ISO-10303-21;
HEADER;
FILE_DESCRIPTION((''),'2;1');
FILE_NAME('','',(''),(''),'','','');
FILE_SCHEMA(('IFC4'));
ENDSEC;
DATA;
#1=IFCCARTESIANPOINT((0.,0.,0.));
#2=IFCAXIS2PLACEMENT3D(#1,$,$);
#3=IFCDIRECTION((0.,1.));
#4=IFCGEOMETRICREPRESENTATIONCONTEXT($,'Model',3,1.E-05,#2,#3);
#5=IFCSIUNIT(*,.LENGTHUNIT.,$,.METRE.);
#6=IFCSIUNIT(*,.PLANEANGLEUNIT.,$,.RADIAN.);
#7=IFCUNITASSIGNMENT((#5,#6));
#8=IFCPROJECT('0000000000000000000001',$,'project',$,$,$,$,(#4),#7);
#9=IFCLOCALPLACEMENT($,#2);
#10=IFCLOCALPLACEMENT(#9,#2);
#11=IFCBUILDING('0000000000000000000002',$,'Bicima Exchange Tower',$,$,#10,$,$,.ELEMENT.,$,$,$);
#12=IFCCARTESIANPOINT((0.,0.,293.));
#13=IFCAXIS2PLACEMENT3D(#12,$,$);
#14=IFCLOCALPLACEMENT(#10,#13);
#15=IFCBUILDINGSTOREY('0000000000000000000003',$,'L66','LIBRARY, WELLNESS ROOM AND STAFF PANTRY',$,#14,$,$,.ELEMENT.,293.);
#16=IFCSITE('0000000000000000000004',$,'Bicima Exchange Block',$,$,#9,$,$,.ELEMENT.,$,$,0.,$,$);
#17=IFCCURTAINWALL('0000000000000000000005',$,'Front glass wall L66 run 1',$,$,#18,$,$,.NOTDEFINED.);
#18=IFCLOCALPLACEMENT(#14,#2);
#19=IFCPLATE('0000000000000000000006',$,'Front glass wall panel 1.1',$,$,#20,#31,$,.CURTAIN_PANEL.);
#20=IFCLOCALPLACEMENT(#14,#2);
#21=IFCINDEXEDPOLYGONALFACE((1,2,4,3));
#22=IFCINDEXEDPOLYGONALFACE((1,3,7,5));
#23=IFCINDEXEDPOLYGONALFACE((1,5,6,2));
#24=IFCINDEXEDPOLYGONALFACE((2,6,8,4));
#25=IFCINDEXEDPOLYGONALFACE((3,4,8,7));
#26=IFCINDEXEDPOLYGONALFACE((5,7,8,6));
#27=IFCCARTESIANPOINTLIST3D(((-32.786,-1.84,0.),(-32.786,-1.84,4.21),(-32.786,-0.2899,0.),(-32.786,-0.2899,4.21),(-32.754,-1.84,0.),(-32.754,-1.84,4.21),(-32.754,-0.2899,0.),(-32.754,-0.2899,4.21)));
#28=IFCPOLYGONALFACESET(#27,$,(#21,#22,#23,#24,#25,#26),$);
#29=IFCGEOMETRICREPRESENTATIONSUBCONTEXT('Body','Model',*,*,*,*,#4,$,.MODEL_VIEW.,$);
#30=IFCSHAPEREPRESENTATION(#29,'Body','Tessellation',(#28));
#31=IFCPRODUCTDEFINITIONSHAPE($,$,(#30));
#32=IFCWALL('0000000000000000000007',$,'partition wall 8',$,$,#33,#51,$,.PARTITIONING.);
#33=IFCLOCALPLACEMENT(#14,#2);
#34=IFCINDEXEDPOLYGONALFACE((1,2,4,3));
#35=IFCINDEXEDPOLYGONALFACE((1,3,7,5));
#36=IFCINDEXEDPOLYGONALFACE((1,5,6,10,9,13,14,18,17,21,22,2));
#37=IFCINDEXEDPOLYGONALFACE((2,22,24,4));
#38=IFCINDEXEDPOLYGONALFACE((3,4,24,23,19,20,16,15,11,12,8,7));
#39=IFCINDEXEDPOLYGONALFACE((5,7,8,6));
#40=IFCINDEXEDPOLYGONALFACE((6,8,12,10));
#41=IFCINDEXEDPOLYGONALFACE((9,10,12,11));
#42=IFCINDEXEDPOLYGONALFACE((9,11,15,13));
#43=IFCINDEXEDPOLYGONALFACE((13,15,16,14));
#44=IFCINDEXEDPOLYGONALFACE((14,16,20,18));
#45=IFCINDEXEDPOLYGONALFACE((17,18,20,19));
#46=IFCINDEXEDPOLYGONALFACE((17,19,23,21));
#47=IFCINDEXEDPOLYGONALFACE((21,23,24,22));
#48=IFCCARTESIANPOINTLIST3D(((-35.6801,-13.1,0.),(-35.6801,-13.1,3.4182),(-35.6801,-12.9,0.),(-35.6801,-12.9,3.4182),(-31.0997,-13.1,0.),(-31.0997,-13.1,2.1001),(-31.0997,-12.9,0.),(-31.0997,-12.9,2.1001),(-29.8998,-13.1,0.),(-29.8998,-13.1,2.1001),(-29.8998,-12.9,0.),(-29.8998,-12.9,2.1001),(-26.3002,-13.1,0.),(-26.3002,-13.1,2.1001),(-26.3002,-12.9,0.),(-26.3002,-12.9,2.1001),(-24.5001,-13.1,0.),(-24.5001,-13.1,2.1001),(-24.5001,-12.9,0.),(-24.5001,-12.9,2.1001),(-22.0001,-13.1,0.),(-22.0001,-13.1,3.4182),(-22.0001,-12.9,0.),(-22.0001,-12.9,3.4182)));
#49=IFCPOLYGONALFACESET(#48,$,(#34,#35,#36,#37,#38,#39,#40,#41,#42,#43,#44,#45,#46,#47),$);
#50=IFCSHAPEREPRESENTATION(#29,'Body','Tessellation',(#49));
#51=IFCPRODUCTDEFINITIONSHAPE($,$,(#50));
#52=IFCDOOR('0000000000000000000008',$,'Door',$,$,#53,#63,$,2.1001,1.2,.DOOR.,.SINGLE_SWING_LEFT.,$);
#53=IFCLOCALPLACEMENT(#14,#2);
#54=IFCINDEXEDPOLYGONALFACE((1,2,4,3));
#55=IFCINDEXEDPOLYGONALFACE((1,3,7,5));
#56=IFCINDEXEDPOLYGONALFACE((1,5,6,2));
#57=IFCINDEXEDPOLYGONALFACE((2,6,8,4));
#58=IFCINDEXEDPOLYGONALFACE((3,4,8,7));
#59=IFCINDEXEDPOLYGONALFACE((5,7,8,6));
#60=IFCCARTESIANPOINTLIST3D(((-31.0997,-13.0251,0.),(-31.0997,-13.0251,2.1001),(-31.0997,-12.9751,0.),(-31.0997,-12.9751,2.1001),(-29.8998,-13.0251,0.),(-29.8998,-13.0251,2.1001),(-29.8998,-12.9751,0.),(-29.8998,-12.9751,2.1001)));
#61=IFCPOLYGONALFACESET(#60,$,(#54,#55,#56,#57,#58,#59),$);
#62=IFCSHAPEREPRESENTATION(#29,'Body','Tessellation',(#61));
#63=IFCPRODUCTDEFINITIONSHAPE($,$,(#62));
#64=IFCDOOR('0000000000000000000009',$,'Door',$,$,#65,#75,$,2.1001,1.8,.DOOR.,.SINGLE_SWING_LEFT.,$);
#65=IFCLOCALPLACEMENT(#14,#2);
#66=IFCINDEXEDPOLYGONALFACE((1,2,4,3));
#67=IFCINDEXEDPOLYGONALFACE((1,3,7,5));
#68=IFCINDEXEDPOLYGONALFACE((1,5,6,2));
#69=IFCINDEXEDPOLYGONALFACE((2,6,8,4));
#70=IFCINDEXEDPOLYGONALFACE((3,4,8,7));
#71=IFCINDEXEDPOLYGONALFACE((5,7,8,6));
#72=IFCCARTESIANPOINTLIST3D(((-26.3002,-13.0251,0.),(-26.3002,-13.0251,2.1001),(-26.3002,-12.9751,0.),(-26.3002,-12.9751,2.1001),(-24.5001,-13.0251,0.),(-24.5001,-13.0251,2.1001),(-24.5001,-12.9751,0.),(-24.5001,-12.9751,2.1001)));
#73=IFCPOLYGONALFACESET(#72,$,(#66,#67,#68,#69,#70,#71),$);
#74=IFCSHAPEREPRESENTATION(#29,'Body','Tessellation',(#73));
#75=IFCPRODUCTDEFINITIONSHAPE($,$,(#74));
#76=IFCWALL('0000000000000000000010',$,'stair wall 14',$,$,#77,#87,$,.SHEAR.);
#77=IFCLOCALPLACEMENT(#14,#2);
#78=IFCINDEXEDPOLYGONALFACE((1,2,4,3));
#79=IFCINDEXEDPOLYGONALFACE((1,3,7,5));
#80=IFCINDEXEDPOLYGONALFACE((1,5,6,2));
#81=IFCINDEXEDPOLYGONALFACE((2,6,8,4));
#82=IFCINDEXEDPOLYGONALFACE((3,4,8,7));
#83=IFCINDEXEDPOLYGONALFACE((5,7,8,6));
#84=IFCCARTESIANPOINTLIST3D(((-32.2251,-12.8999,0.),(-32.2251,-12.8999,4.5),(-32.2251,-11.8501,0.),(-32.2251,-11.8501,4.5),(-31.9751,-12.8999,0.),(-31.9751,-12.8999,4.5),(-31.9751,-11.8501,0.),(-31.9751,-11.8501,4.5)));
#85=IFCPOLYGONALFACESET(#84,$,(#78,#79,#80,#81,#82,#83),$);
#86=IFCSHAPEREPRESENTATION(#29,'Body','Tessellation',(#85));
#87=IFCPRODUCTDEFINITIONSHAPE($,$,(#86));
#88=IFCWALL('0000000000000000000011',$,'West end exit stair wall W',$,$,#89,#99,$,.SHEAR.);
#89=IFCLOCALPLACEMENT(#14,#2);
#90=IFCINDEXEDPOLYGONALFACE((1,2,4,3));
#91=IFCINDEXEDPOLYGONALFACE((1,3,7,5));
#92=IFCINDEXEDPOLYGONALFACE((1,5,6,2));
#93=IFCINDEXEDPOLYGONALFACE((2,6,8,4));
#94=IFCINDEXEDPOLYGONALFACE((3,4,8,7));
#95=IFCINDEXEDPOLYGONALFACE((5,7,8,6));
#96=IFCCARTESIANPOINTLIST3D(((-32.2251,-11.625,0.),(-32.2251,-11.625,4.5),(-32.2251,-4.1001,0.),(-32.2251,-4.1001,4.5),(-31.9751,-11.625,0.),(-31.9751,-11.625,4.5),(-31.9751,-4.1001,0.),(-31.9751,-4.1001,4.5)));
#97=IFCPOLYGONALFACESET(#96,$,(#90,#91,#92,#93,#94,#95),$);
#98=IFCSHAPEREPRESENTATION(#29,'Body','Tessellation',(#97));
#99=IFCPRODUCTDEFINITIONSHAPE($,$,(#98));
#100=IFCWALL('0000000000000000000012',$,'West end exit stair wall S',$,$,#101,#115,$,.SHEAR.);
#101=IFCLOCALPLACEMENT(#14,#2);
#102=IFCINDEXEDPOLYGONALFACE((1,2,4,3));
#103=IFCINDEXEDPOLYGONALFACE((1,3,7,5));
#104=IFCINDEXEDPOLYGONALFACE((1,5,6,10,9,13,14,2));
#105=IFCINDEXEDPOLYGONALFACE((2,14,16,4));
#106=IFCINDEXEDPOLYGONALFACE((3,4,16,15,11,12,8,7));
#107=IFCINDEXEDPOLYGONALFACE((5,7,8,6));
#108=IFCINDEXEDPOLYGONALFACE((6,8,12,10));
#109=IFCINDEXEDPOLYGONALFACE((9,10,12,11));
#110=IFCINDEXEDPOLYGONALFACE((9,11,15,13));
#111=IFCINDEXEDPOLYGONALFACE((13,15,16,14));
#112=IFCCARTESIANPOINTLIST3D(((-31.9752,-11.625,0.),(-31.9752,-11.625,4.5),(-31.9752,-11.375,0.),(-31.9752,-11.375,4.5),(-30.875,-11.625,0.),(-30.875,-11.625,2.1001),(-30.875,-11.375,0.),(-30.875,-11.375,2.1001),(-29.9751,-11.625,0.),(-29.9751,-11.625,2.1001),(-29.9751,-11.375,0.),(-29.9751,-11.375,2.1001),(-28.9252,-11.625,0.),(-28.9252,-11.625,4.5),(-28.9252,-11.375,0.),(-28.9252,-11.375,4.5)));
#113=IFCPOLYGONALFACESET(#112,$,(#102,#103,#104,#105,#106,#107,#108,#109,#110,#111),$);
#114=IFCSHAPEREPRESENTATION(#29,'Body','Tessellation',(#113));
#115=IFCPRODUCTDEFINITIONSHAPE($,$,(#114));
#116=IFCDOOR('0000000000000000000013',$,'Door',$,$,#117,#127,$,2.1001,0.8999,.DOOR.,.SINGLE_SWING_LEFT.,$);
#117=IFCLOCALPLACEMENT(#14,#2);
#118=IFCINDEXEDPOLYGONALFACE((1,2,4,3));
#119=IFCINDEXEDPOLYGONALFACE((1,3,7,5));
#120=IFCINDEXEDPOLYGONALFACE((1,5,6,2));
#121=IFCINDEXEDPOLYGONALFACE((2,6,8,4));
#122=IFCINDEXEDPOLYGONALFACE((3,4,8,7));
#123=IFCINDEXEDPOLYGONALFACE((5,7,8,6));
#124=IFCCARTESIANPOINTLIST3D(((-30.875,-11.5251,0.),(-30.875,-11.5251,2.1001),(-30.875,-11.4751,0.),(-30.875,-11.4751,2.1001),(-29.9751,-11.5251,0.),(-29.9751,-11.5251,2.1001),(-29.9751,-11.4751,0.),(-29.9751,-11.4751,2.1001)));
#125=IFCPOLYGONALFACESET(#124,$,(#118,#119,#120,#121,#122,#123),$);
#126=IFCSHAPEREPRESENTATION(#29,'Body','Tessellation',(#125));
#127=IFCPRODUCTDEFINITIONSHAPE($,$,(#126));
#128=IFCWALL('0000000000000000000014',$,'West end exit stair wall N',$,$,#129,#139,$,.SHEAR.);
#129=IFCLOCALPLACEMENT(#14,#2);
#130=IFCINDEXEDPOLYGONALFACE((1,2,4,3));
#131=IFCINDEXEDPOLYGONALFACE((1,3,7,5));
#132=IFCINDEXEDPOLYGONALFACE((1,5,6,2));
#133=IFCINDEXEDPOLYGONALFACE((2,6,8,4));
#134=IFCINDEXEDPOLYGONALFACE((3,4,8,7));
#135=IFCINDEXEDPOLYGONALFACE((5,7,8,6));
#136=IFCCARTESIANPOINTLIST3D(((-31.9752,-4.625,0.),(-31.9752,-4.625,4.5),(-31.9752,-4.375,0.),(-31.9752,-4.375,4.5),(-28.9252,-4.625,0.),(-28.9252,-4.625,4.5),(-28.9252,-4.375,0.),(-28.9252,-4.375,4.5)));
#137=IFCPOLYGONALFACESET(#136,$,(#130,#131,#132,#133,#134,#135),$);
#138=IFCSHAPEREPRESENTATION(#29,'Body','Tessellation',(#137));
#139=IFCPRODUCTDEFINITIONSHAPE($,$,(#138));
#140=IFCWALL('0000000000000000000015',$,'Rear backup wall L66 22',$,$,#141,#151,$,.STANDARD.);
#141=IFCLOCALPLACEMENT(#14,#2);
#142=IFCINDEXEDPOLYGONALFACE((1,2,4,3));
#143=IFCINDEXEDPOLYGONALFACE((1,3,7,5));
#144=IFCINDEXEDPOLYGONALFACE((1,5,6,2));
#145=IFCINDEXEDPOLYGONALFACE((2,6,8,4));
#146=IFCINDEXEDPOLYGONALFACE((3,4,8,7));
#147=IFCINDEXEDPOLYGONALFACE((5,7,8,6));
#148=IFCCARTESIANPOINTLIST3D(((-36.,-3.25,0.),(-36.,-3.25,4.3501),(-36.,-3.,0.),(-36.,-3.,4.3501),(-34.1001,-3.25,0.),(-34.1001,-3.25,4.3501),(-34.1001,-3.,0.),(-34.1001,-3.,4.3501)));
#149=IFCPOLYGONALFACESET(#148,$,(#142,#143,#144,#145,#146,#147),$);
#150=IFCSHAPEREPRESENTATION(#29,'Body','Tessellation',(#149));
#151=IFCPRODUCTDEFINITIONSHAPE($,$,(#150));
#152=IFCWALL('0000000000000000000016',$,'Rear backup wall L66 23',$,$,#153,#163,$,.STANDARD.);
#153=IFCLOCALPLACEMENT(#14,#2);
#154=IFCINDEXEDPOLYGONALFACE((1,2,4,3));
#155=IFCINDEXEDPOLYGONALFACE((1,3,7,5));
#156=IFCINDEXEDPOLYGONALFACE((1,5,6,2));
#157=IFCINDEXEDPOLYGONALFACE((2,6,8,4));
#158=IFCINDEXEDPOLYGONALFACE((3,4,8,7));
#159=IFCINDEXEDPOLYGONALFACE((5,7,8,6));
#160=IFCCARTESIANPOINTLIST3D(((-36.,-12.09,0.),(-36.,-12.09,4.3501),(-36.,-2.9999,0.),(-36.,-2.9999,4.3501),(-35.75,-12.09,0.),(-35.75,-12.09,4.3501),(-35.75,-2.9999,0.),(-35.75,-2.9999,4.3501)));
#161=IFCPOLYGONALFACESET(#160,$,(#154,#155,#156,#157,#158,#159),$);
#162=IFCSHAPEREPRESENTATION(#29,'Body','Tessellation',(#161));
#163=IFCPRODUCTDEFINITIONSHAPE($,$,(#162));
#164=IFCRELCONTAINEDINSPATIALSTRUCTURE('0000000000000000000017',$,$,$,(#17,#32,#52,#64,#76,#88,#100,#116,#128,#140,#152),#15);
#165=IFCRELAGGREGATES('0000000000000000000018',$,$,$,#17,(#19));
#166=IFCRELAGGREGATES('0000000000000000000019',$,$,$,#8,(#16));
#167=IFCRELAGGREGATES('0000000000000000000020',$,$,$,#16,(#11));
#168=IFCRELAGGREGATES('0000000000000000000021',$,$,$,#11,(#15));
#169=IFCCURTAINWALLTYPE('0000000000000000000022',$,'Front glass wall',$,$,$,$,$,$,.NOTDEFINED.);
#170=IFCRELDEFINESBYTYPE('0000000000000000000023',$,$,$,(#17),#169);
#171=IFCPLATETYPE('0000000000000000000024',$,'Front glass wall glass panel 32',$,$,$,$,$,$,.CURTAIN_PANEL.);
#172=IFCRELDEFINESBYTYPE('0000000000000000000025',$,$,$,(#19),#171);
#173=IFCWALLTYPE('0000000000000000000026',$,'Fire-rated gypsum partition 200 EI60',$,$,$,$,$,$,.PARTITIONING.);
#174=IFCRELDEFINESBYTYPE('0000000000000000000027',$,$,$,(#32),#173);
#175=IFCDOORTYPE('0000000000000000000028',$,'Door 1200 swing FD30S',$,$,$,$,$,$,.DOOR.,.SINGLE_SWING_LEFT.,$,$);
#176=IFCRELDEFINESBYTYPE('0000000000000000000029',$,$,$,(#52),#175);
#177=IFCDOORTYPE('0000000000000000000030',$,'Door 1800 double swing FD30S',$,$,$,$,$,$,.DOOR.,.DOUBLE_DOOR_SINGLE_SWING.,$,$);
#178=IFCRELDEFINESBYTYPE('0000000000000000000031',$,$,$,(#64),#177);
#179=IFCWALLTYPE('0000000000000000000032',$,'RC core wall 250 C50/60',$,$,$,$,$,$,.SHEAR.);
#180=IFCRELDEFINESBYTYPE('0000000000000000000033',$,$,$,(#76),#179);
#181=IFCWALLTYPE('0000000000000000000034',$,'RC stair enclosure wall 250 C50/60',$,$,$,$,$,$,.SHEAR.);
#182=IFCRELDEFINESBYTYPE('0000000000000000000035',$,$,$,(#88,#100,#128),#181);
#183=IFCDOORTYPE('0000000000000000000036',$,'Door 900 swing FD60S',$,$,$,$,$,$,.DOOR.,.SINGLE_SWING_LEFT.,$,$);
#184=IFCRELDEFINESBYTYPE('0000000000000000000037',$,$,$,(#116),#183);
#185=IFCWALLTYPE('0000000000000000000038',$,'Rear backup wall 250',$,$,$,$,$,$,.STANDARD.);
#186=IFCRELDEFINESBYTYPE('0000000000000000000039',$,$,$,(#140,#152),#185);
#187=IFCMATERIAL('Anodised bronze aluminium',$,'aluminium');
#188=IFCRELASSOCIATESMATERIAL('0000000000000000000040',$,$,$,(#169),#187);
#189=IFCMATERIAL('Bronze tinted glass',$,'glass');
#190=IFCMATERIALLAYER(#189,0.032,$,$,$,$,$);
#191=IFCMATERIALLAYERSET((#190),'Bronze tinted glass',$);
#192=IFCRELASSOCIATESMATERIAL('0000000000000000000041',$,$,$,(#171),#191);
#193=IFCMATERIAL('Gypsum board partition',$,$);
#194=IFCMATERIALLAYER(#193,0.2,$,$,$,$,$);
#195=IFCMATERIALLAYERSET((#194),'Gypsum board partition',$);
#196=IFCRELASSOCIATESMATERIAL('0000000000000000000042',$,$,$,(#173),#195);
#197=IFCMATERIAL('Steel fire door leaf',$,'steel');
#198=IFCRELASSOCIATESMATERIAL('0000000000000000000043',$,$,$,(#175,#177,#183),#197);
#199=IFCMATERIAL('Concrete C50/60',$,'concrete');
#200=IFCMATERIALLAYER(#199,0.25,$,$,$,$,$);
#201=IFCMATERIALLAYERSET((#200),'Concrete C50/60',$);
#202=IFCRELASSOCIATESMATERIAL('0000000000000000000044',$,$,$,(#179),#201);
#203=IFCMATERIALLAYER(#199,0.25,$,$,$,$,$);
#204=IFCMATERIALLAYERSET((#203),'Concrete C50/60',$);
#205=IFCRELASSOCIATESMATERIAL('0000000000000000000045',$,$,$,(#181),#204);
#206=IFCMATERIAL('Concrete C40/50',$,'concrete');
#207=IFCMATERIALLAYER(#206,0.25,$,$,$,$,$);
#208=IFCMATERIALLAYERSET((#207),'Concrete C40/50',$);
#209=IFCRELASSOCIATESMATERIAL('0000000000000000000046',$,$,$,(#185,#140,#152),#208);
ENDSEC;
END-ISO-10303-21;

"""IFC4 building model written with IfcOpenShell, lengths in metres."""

from ifc_helpers import new_model, si_unit, direction, frame, frame_2d, origin, origin_2d, place, context, subcontext, project, spatial, rectangle, extrude, material, layer, layer_set, layer_usage, type_object, element, fill, aggregate, save


model = new_model("IFC4")

# Units and contexts
model_context = context("Model", 3, precision=1e-05, world=origin(), true_north=direction((0.0, 1.0)))
body_context = subcontext(model_context, "Body", "Model", "MODEL_VIEW")
ifc_project = project(units=[si_unit("LENGTHUNIT", "METRE"), si_unit("PLANEANGLEUNIT", "RADIAN")], contexts=[model_context])

# Site, building, storey
site_placement = place(None, origin())
site = spatial("IfcSite", under=ifc_project, at=site_placement, Name="Bicima Exchange Block", CompositionType="ELEMENT", RefElevation=0.0)
building_placement = place(site_placement, origin())
building = spatial("IfcBuilding", under=site, at=building_placement, Name="Bicima Exchange Tower", CompositionType="ELEMENT")
storey_placement = place(building_placement, frame((0.0, 0.0, 293.0)))
storey = spatial("IfcBuildingStorey", under=building, at=storey_placement, Name="L66", Description="LIBRARY, WELLNESS ROOM AND STAFF PANTRY", CompositionType="ELEMENT", Elevation=293.0)

# Curtain wall
ifc_material_1 = material(Name="Anodised bronze aluminium", Category="aluminium")
curtain_wall_type_1 = type_object("IfcCurtainWallType", Name="Front glass wall", PredefinedType="NOTDEFINED", material=ifc_material_1)
curtain_wall_1_placement = place(storey_placement, origin())
curtain_wall_1 = element("IfcCurtainWall", 1, at=curtain_wall_1_placement, inside=storey, type_object=curtain_wall_type_1, Name="Front glass wall L66 run 1", PredefinedType="NOTDEFINED")

# Plate
ifc_material_2 = material(Name="Bronze tinted glass", Category="glass")
ifc_layer_1 = layer(ifc_material_2, 0.032)
ifc_layer_set_1 = layer_set([ifc_layer_1], Name="Bronze tinted glass")
plate_type = type_object("IfcPlateType", Name="Front glass wall glass panel 32", PredefinedType="CURTAIN_PANEL", material=ifc_layer_set_1)
plate_placement = place(storey_placement, frame((-32.77, -1.0649, 0.0), z_axis=(0.0, 0.0, 1.0), x_axis=(0.0, -1.0, 0.0)))
plate = element("IfcPlate", 2, at=plate_placement, type_object=plate_type, Name="Front glass wall panel 1.1", PredefinedType="CURTAIN_PANEL", context=body_context, shape_type="SweptSolid", body=[
    extrude(rectangle(XDim=1.55, YDim=0.032, at=origin_2d()), origin(), (0.0, 0.0, 1.0), 4.21),
])
aggregate(curtain_wall_1, [plate])

# Wall, openings, doors
ifc_material_3 = material(Name="Gypsum board partition")
ifc_layer_2 = layer(ifc_material_3, 0.2)
ifc_layer_set_2 = layer_set([ifc_layer_2], Name="Gypsum board partition")
wall_type_1 = type_object("IfcWallType", Name="Fire-rated gypsum partition 200 EI60", PredefinedType="PARTITIONING", material=ifc_layer_set_2)
wall_1_placement = place(storey_placement, frame((-35.6799, -13.0, 0.0), z_axis=(0.0, 0.0, 1.0), x_axis=(1.0, 0.0, 0.0)))
wall_1 = element("IfcWall", 3, at=wall_1_placement, inside=storey, type_object=wall_type_1, Name="partition wall 8", PredefinedType="PARTITIONING", context=body_context, shape_type="SweptSolid", body=[
    extrude(rectangle(XDim=13.6799, YDim=0.2, at=frame_2d((6.8398, 0.0))), origin(), (0.0, 0.0, 1.0), 3.4182),
])
opening_1_placement = place(wall_1_placement, frame((4.5801, 0.0, 0.0)))
opening_1 = element("IfcOpeningElement", 4, at=opening_1_placement, cuts=wall_1, PredefinedType="OPENING", context=body_context, shape_type="SweptSolid", body=[
    extrude(rectangle(XDim=1.2, YDim=2.1001, at=frame_2d((0.6001, 1.05))), frame((0.0, 0.1118, 0.0), z_axis=(0.0, -1.0, 0.0), x_axis=(1.0, 0.0, 0.0)), (0.0, 0.0, 1.0), 0.2239),
])
opening_2_placement = place(wall_1_placement, frame((9.3799, 0.0, 0.0)))
opening_2 = element("IfcOpeningElement", 5, at=opening_2_placement, cuts=wall_1, PredefinedType="OPENING", context=body_context, shape_type="SweptSolid", body=[
    extrude(rectangle(XDim=1.8, YDim=2.1001, at=frame_2d((0.8999, 1.05))), frame((0.0, 0.1118, 0.0), z_axis=(0.0, -1.0, 0.0), x_axis=(1.0, 0.0, 0.0)), (0.0, 0.0, 1.0), 0.2239),
])
ifc_material_4 = material(Name="Steel fire door leaf", Category="steel")
door_type_1 = type_object("IfcDoorType", Name="Door 1200 swing FD30S", OperationType="SINGLE_SWING_LEFT", PredefinedType="DOOR", material=ifc_material_4)
door_1_placement = place(opening_1_placement, origin())
door_1 = element("IfcDoor", 6, at=door_1_placement, inside=storey, type_object=door_type_1, Name="Door", OperationType="SINGLE_SWING_LEFT", OverallHeight=2.1001, OverallWidth=1.2, PredefinedType="DOOR", context=body_context, shape_type="SweptSolid", body=[
    extrude(rectangle(XDim=1.2, YDim=2.1001, at=frame_2d((0.6001, 1.05))), frame((0.0, 0.0249, 0.0), z_axis=(0.0, -1.0, 0.0), x_axis=(1.0, 0.0, 0.0)), (0.0, 0.0, 1.0), 0.05),
])
fill(opening_1, door_1)
door_type_2 = type_object("IfcDoorType", Name="Door 1800 double swing FD30S", OperationType="DOUBLE_DOOR_SINGLE_SWING", PredefinedType="DOOR", material=ifc_material_4)
door_2_placement = place(opening_2_placement, origin())
door_2 = element("IfcDoor", 7, at=door_2_placement, inside=storey, type_object=door_type_2, Name="Door", OperationType="SINGLE_SWING_LEFT", OverallHeight=2.1001, OverallWidth=1.8, PredefinedType="DOOR", context=body_context, shape_type="SweptSolid", body=[
    extrude(rectangle(XDim=1.8, YDim=2.1001, at=frame_2d((0.8999, 1.05))), frame((0.0, 0.0249, 0.0), z_axis=(0.0, -1.0, 0.0), x_axis=(1.0, 0.0, 0.0)), (0.0, 0.0, 1.0), 0.05),
])
fill(opening_2, door_2)

# Walls
ifc_material_5 = material(Name="Concrete C50/60", Category="concrete")
ifc_layer_3 = layer(ifc_material_5, 0.25)
ifc_layer_set_3 = layer_set([ifc_layer_3], Name="Concrete C50/60")
wall_type_2 = type_object("IfcWallType", Name="RC core wall 250 C50/60", PredefinedType="SHEAR", material=ifc_layer_set_3)
wall_2_placement = place(storey_placement, frame((-32.1001, -12.8999, 0.0), z_axis=(0.0, 0.0, 1.0), x_axis=(0.0, 1.0, 0.0)))
element("IfcWall", 8, at=wall_2_placement, inside=storey, type_object=wall_type_2, Name="stair wall 14", PredefinedType="SHEAR", context=body_context, shape_type="SweptSolid", body=[
    extrude(rectangle(XDim=1.0498, YDim=0.25, at=frame_2d((0.5249, 0.0))), origin(), (0.0, 0.0, 1.0), 4.5),
])
ifc_layer_4 = layer(ifc_material_5, 0.25)
ifc_layer_set_4 = layer_set([ifc_layer_4], Name="Concrete C50/60")
wall_type_3 = type_object("IfcWallType", Name="RC stair enclosure wall 250 C50/60", PredefinedType="SHEAR", material=ifc_layer_set_4)
wall_3_placement = place(storey_placement, frame((-32.1001, -11.625, 0.0), z_axis=(0.0, 0.0, 1.0), x_axis=(0.0, 1.0, 0.0)))
element("IfcWall", 9, at=wall_3_placement, inside=storey, type_object=wall_type_3, Name="West end exit stair wall W", PredefinedType="SHEAR", context=body_context, shape_type="SweptSolid", body=[
    extrude(rectangle(XDim=7.5249, YDim=0.25, at=frame_2d((3.7625, 0.0))), origin(), (0.0, 0.0, 1.0), 4.5),
])

# Wall, opening, door
wall_4_placement = place(storey_placement, frame((-31.9751, -11.5, 0.0), z_axis=(0.0, 0.0, 1.0), x_axis=(1.0, 0.0, 0.0)))
wall_4 = element("IfcWall", 10, at=wall_4_placement, inside=storey, type_object=wall_type_3, Name="West end exit stair wall S", PredefinedType="SHEAR", context=body_context, shape_type="SweptSolid", body=[
    extrude(rectangle(XDim=3.05, YDim=0.25, at=frame_2d((1.5249, 0.0))), origin(), (0.0, 0.0, 1.0), 4.5),
])
opening_3_placement = place(wall_4_placement, frame((1.1001, 0.0, 0.0)))
opening_3 = element("IfcOpeningElement", 11, at=opening_3_placement, cuts=wall_4, PredefinedType="OPENING", context=body_context, shape_type="SweptSolid", body=[
    extrude(rectangle(XDim=0.8999, YDim=2.1001, at=frame_2d((0.45, 1.05))), frame((0.0, 0.137, 0.0), z_axis=(0.0, -1.0, 0.0), x_axis=(1.0, 0.0, 0.0)), (0.0, 0.0, 1.0), 0.2739),
])
door_type_3 = type_object("IfcDoorType", Name="Door 900 swing FD60S", OperationType="SINGLE_SWING_LEFT", PredefinedType="DOOR", material=ifc_material_4)
door_3_placement = place(opening_3_placement, origin())
door_3 = element("IfcDoor", 12, at=door_3_placement, inside=storey, type_object=door_type_3, Name="Door", OperationType="SINGLE_SWING_LEFT", OverallHeight=2.1001, OverallWidth=0.8999, PredefinedType="DOOR", context=body_context, shape_type="SweptSolid", body=[
    extrude(rectangle(XDim=0.8999, YDim=2.1001, at=frame_2d((0.45, 1.05))), frame((0.0, 0.0249, 0.0), z_axis=(0.0, -1.0, 0.0), x_axis=(1.0, 0.0, 0.0)), (0.0, 0.0, 1.0), 0.05),
])
fill(opening_3, door_3)

# Walls
wall_5_placement = place(storey_placement, frame((-31.9751, -4.5, 0.0), z_axis=(0.0, 0.0, 1.0), x_axis=(1.0, 0.0, 0.0)))
element("IfcWall", 13, at=wall_5_placement, inside=storey, type_object=wall_type_3, Name="West end exit stair wall N", PredefinedType="SHEAR", context=body_context, shape_type="SweptSolid", body=[
    extrude(rectangle(XDim=3.05, YDim=0.25, at=frame_2d((1.5249, 0.0))), origin(), (0.0, 0.0, 1.0), 4.5),
])
ifc_material_6 = material(Name="Concrete C40/50", Category="concrete")
ifc_layer_5 = layer(ifc_material_6, 0.25)
ifc_layer_set_5 = layer_set([ifc_layer_5], Name="Concrete C40/50")
ifc_layer_usage = layer_usage(ifc_layer_set_5, "AXIS2", "POSITIVE", -0.125)
wall_type_4 = type_object("IfcWallType", Name="Rear backup wall 250", PredefinedType="STANDARD", material=ifc_layer_set_5)
wall_6_placement = place(storey_placement, frame((-34.1001, -3.125, 0.0), z_axis=(0.0, 0.0, 1.0), x_axis=(-1.0, 0.0, 0.0)))
element("IfcWall", 14, at=wall_6_placement, inside=storey, type_object=wall_type_4, material=ifc_layer_usage, Name="Rear backup wall L66 22", PredefinedType="STANDARD", context=body_context, shape_type="SweptSolid", body=[
    extrude(rectangle(XDim=1.8999, YDim=0.25, at=frame_2d((0.95, 0.0))), origin(), (0.0, 0.0, 1.0), 4.3501),
])
wall_7_placement = place(storey_placement, frame((-35.875, -3.0, 0.0), z_axis=(0.0, 0.0, 1.0), x_axis=(0.0, -1.0, 0.0)))
element("IfcWall", 15, at=wall_7_placement, inside=storey, type_object=wall_type_4, material=ifc_layer_usage, Name="Rear backup wall L66 23", PredefinedType="STANDARD", context=body_context, shape_type="SweptSolid", body=[
    extrude(rectangle(XDim=9.0901, YDim=0.25, at=frame_2d((4.5449, 0.0))), origin(), (0.0, 0.0, 1.0), 4.3501),
])

save(model, "model.ifc")
